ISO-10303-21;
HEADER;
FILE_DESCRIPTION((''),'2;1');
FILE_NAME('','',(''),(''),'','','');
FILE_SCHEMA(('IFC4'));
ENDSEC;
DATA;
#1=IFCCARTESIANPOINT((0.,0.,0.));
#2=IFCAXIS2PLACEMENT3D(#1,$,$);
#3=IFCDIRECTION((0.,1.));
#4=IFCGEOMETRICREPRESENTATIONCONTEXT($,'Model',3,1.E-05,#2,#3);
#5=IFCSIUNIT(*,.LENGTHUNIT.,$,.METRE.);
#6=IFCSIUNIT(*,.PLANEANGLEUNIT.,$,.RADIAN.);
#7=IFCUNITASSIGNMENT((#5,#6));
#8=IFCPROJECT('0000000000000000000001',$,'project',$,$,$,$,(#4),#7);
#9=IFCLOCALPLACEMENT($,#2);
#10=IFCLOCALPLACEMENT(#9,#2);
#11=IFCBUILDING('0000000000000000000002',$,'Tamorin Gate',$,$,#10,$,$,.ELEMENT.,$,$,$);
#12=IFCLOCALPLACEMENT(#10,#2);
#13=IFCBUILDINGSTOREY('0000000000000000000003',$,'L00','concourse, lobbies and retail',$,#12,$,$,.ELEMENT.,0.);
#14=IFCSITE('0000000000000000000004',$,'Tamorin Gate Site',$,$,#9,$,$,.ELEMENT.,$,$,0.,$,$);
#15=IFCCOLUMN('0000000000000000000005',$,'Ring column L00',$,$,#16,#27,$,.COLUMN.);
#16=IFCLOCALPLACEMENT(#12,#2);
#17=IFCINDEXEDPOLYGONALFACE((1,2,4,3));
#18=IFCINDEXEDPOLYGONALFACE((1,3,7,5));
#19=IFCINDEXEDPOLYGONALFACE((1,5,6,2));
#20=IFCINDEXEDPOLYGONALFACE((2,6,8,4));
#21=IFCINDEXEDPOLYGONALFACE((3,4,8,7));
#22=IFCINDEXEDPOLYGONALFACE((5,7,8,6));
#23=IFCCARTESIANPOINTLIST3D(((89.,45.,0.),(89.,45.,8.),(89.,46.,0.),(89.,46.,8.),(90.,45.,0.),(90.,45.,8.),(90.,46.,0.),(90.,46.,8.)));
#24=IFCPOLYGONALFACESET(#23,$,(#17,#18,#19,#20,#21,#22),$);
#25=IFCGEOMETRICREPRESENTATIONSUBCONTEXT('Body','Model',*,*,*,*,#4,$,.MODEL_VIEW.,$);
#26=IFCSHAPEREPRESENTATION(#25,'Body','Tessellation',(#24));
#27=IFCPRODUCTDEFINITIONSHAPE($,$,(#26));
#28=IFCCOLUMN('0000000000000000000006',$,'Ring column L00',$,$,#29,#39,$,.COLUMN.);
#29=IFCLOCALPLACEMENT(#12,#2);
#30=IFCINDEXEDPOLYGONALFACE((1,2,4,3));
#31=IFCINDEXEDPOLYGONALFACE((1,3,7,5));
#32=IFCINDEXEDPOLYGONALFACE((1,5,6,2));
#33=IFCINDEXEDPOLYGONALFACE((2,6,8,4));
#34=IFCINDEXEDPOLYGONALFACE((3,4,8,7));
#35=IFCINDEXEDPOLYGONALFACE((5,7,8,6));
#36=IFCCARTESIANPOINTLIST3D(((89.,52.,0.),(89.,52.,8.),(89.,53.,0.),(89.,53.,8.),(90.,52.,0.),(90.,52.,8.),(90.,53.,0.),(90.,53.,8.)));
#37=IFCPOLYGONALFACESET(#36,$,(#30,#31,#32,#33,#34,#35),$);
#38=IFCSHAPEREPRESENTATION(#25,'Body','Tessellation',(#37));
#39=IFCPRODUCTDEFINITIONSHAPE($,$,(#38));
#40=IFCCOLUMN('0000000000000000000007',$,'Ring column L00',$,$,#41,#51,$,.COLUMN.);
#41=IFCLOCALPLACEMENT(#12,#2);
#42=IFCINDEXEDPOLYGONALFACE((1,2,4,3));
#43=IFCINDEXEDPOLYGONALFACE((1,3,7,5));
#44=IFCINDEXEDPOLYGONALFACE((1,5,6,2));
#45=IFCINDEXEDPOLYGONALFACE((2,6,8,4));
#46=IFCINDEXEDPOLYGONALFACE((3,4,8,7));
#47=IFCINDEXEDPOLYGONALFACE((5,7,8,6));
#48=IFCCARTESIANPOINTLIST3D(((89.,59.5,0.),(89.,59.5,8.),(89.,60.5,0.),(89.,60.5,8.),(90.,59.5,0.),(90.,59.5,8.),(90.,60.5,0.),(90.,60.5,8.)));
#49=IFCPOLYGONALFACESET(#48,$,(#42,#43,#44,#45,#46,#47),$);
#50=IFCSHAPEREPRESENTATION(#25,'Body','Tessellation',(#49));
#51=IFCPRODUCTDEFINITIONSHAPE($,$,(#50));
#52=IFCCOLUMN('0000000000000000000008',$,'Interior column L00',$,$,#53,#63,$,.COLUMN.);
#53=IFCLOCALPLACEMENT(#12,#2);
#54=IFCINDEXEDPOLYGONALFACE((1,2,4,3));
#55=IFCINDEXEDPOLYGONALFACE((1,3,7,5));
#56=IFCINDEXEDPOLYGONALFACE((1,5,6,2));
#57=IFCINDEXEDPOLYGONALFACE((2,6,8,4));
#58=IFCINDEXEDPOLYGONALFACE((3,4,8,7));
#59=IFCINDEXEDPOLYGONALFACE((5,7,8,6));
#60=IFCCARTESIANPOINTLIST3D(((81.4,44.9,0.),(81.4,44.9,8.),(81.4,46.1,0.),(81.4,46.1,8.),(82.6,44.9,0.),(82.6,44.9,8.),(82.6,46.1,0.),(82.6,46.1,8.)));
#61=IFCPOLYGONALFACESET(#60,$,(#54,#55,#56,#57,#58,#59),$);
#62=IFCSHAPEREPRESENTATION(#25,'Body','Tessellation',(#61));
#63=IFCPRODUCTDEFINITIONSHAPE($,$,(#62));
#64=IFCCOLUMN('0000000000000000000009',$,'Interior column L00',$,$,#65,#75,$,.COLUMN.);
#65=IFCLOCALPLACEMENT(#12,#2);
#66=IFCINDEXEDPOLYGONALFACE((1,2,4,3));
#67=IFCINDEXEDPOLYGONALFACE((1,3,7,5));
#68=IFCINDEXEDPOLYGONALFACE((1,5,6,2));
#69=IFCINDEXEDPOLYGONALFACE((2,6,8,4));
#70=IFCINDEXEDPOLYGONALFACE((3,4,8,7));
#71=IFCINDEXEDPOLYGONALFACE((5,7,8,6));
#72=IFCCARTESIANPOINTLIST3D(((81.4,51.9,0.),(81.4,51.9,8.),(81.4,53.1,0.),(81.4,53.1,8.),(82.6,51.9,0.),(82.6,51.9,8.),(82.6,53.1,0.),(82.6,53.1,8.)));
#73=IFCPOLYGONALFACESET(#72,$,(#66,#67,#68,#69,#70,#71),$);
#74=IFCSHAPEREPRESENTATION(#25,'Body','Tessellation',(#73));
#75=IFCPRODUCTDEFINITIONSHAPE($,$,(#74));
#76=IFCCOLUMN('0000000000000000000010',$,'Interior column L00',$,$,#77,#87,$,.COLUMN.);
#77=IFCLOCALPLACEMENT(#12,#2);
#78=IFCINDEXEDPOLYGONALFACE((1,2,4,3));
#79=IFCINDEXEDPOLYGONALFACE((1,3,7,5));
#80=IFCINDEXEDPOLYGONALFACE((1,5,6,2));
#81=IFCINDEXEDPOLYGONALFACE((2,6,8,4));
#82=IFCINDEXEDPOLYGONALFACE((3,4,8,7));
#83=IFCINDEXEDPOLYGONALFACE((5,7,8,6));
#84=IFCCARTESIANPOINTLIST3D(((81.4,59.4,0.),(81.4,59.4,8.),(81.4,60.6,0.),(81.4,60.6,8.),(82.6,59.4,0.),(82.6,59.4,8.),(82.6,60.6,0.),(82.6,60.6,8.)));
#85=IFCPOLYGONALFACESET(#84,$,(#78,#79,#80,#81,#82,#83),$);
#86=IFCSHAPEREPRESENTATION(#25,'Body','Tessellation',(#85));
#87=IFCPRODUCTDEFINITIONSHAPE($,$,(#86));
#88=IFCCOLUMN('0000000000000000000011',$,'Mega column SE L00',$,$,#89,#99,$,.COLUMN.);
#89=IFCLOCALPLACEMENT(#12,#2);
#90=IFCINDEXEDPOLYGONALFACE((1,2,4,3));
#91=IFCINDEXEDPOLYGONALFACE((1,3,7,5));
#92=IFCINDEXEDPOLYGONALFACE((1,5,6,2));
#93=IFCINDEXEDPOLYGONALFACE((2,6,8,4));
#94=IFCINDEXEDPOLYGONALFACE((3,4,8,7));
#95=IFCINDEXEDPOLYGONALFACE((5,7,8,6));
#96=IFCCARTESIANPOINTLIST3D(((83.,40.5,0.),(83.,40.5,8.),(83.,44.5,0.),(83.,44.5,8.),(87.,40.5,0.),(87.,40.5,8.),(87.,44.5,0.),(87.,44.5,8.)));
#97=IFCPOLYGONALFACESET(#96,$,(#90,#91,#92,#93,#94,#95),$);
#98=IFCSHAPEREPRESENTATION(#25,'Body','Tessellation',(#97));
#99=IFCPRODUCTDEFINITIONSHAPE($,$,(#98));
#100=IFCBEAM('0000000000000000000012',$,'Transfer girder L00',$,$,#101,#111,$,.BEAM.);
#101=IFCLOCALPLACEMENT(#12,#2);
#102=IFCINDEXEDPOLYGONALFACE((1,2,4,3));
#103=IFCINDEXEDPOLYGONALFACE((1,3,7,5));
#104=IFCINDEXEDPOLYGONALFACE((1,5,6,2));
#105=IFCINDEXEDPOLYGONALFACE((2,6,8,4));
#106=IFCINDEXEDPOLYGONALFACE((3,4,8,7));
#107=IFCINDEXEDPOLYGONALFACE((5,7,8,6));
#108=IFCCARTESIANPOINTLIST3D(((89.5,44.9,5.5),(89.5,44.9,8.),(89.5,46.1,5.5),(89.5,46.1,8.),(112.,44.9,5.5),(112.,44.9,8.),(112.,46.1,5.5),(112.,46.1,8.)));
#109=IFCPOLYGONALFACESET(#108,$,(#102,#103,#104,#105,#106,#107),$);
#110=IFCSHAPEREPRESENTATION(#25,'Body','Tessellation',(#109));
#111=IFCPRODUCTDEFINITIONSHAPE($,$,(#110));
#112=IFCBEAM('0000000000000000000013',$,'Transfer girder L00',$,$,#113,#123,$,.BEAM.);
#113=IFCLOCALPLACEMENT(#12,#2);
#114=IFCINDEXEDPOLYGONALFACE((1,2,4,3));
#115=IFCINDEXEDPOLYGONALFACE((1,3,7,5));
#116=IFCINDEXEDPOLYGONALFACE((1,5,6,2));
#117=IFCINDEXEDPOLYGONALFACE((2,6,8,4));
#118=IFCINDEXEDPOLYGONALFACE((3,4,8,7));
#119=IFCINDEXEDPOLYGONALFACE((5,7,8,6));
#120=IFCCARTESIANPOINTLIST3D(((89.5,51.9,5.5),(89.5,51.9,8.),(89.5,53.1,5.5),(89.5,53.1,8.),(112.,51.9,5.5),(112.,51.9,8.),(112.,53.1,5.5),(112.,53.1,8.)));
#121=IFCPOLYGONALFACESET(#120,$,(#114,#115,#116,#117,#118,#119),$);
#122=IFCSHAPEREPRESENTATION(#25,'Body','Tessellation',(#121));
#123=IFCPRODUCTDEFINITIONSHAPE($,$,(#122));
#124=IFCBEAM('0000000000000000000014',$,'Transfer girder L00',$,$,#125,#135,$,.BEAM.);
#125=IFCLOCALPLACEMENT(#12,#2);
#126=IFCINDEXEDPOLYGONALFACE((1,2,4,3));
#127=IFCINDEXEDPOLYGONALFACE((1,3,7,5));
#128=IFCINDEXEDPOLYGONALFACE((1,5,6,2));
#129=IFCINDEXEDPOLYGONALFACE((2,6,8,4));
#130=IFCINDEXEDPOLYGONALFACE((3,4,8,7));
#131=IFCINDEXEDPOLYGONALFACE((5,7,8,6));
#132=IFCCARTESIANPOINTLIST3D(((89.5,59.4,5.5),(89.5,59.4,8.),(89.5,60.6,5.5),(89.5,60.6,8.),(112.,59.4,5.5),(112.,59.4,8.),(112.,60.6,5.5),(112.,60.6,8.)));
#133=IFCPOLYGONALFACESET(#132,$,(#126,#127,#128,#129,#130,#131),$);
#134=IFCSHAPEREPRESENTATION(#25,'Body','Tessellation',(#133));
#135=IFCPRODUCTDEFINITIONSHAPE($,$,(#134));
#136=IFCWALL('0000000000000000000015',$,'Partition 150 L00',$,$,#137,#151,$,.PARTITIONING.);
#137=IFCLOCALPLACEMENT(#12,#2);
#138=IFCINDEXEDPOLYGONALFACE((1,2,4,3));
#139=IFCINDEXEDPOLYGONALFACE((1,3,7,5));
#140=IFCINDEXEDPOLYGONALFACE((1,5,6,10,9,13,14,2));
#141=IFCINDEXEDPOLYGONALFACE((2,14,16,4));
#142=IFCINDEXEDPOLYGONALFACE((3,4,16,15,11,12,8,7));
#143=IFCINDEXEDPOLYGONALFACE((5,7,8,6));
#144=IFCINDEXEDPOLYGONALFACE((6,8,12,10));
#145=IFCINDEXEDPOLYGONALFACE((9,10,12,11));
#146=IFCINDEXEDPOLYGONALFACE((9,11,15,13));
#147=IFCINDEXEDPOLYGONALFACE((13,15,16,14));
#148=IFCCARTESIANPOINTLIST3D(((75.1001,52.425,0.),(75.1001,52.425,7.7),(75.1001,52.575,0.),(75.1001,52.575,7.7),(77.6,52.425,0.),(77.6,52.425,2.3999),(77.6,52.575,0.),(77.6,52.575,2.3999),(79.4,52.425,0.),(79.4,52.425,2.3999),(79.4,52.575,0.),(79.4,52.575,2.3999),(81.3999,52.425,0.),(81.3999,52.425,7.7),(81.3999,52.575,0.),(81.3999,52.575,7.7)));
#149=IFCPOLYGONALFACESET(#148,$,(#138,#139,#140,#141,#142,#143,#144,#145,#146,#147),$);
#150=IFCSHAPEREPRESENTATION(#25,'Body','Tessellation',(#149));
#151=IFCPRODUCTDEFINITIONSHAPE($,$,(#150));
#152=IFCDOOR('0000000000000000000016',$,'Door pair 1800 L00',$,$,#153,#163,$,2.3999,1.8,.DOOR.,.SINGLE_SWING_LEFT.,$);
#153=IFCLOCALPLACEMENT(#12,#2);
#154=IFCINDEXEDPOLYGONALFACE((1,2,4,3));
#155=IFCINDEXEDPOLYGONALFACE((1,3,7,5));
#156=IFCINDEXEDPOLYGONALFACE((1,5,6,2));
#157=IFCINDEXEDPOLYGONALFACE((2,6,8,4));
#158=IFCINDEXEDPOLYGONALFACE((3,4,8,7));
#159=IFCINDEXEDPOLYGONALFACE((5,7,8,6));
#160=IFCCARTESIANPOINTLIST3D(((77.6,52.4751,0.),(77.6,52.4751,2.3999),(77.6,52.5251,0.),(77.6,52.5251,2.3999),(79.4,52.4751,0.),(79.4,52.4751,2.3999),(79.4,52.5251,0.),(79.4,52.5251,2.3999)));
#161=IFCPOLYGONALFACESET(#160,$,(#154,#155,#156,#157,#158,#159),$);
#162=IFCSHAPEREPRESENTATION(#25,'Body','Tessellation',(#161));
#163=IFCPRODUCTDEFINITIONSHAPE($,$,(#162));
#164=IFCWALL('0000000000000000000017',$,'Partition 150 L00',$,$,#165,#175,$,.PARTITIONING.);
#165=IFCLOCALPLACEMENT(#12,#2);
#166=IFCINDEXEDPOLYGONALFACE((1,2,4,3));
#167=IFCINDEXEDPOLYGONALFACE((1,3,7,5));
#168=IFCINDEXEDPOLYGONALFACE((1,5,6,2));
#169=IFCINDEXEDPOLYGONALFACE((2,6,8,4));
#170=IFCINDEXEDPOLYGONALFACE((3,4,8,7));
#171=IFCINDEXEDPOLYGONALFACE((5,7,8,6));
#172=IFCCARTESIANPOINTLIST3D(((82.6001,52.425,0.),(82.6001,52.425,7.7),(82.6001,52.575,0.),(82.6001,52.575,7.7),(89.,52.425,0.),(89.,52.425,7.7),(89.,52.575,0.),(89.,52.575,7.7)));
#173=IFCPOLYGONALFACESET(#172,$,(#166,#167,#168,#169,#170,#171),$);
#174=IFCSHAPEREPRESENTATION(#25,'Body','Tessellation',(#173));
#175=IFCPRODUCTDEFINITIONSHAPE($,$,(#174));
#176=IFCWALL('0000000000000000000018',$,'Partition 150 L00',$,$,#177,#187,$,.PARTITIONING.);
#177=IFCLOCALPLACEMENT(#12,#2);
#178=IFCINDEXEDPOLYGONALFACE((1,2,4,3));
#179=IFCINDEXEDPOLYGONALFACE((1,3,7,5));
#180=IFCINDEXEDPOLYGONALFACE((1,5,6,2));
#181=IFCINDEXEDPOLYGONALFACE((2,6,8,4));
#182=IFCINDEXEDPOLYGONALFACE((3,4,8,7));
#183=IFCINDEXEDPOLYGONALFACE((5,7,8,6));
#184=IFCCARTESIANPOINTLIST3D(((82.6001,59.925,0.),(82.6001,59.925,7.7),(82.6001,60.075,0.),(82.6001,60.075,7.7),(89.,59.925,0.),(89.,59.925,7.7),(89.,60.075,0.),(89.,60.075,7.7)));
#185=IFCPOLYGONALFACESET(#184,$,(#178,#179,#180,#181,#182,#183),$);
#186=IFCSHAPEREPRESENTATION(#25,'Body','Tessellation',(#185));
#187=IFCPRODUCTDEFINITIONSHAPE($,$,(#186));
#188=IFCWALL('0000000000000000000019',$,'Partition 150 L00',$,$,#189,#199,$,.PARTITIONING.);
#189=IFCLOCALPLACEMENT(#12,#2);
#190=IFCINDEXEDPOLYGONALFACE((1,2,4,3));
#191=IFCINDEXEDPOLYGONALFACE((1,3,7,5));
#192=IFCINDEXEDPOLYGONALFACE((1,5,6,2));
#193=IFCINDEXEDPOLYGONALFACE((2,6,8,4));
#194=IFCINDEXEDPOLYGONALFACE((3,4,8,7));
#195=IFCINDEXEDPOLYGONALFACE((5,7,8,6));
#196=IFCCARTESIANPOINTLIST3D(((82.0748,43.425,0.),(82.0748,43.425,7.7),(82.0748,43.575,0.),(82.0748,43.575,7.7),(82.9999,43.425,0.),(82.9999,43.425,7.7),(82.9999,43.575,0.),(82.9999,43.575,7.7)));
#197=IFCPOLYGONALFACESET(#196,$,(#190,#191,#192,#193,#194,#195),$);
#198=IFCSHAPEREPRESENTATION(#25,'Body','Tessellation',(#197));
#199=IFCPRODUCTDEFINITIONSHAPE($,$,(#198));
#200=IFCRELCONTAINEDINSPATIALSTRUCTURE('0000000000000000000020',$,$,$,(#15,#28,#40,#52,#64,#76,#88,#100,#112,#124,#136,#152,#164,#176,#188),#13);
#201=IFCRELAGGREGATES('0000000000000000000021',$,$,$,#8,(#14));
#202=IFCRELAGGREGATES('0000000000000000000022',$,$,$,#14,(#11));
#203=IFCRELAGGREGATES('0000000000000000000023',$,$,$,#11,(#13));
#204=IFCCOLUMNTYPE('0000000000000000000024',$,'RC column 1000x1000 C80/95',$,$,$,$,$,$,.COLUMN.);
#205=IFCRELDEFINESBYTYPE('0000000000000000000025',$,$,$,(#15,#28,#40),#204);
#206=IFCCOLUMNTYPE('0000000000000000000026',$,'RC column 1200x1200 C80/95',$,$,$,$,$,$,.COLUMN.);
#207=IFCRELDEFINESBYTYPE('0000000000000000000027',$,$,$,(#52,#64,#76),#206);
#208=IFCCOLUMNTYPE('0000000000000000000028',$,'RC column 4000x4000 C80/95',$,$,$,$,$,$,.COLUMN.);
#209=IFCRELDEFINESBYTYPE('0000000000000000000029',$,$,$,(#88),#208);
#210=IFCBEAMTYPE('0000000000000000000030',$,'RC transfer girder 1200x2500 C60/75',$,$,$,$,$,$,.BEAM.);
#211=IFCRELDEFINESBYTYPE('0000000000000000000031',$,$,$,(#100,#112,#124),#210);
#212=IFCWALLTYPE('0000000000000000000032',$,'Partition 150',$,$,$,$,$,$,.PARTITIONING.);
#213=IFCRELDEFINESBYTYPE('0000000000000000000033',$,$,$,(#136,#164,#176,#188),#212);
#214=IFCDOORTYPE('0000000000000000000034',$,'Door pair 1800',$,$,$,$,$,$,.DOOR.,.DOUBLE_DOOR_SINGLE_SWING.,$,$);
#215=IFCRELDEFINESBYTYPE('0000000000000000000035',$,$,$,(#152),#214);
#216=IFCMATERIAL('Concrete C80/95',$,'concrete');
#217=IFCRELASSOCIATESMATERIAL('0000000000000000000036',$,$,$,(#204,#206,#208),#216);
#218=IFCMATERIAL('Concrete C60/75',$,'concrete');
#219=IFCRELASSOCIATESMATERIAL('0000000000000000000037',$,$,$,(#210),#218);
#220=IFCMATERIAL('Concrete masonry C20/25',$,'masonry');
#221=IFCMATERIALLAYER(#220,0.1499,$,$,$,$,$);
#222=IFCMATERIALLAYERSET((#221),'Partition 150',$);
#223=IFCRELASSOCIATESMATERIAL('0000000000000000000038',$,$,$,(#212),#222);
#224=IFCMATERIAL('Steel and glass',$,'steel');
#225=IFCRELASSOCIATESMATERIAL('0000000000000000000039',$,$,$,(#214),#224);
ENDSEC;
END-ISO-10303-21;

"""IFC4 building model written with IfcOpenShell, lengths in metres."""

from ifc_helpers import new_model, si_unit, direction, frame, frame_2d, origin, origin_2d, place, context, subcontext, project, spatial, rectangle, extrude, material, layer, layer_set, material_profile, profile_set, type_object, element, fill, save


model = new_model("IFC4")

# Units and contexts
model_context = context("Model", 3, precision=1e-05, world=origin(), true_north=direction((0.0, 1.0)))
body_context = subcontext(model_context, "Body", "Model", "MODEL_VIEW")
ifc_project = project(units=[si_unit("LENGTHUNIT", "METRE"), si_unit("PLANEANGLEUNIT", "RADIAN")], contexts=[model_context])

# Site, building, storey
site_placement = place(None, origin())
site = spatial("IfcSite", under=ifc_project, at=site_placement, Name="Tamorin Gate Site", CompositionType="ELEMENT", RefElevation=0.0)
building_placement = place(site_placement, origin())
building = spatial("IfcBuilding", under=site, at=building_placement, Name="Tamorin Gate", CompositionType="ELEMENT")
storey_placement = place(building_placement, origin())
storey = spatial("IfcBuildingStorey", under=building, at=storey_placement, Name="L00", Description="concourse, lobbies and retail", CompositionType="ELEMENT", Elevation=0.0)

# Columns
ifc_material_1 = material(Name="Concrete C80/95", Category="concrete")
ifc_material_profile_1 = material_profile(ifc_material_1, rectangle(XDim=1.0, YDim=1.0, at=origin_2d()), Name="RC 1000x1000")
ifc_profile_set_1 = profile_set([ifc_material_profile_1], Name="Concrete C80/95")
column_type_1 = type_object("IfcColumnType", Name="RC column 1000x1000 C80/95", PredefinedType="COLUMN", material=ifc_profile_set_1)
for number, where, z_axis, x_axis, name in (
    (1, (89.5, 45.5, 0.0), (0.0, 0.0, 1.0), (1.0, 0.0, 0.0), "Ring column L00"),
    (2, (89.5, 52.5, 0.0), (0.0, 0.0, 1.0), (1.0, 0.0, 0.0), "Ring column L00"),
    (3, (89.5, 60.0, 0.0), (0.0, 0.0, 1.0), (1.0, 0.0, 0.0), "Ring column L00"),
):
    element("IfcColumn", number, at=place(storey_placement, frame(where, z_axis=z_axis, x_axis=x_axis)), inside=storey, type_object=column_type_1, Name=name, PredefinedType="COLUMN", context=body_context, shape_type="SweptSolid", body=[
        extrude(rectangle(XDim=1.0, YDim=1.0, at=origin_2d()), origin(), (0.0, 0.0, 1.0), 8.0),
    ])
ifc_material_profile_2 = material_profile(ifc_material_1, rectangle(XDim=1.2, YDim=1.2, at=origin_2d()), Name="RC 1200x1200")
ifc_profile_set_2 = profile_set([ifc_material_profile_2], Name="Concrete C80/95")
column_type_2 = type_object("IfcColumnType", Name="RC column 1200x1200 C80/95", PredefinedType="COLUMN", material=ifc_profile_set_2)
for number, where, z_axis, x_axis, name in (
    (4, (82.0, 45.5, 0.0), (0.0, 0.0, 1.0), (1.0, 0.0, 0.0), "Interior column L00"),
    (5, (82.0, 52.5, 0.0), (0.0, 0.0, 1.0), (1.0, 0.0, 0.0), "Interior column L00"),
    (6, (82.0, 60.0, 0.0), (0.0, 0.0, 1.0), (1.0, 0.0, 0.0), "Interior column L00"),
):
    element("IfcColumn", number, at=place(storey_placement, frame(where, z_axis=z_axis, x_axis=x_axis)), inside=storey, type_object=column_type_2, Name=name, PredefinedType="COLUMN", context=body_context, shape_type="SweptSolid", body=[
        extrude(rectangle(XDim=1.2, YDim=1.2, at=origin_2d()), origin(), (0.0, 0.0, 1.0), 8.0),
    ])
ifc_material_profile_3 = material_profile(ifc_material_1, rectangle(XDim=4.0, YDim=4.0, at=origin_2d()), Name="RC 4000x4000")
ifc_profile_set_3 = profile_set([ifc_material_profile_3], Name="Concrete C80/95")
column_type_3 = type_object("IfcColumnType", Name="RC column 4000x4000 C80/95", PredefinedType="COLUMN", material=ifc_profile_set_3)
column_placement = place(storey_placement, frame((85.0, 42.5, 0.0), z_axis=(0.0, 0.0, 1.0), x_axis=(1.0, 0.0, 0.0)))
element("IfcColumn", 7, at=column_placement, inside=storey, type_object=column_type_3, Name="Mega column SE L00", PredefinedType="COLUMN", context=body_context, shape_type="SweptSolid", body=[
    extrude(rectangle(XDim=4.0, YDim=4.0, at=origin_2d()), origin(), (0.0, 0.0, 1.0), 8.0),
])

# Beams
ifc_material_2 = material(Name="Concrete C60/75", Category="concrete")
ifc_material_profile_4 = material_profile(ifc_material_2, rectangle(XDim=1.2, YDim=2.5, at=origin_2d()), Name="RC 1200x2500")
ifc_profile_set_4 = profile_set([ifc_material_profile_4], Name="Concrete C60/75")
beam_type = type_object("IfcBeamType", Name="RC transfer girder 1200x2500 C60/75", PredefinedType="BEAM", material=ifc_profile_set_4)
for number, where, z_axis, x_axis, name in (
    (8, (89.5, 45.5, 6.75), (1.0, 0.0, 0.0), (0.0, 1.0, 0.0), "Transfer girder L00"),
    (9, (89.5, 52.5, 6.75), (1.0, 0.0, 0.0), (0.0, 1.0, 0.0), "Transfer girder L00"),
    (10, (89.5, 60.0, 6.75), (1.0, 0.0, 0.0), (0.0, 1.0, 0.0), "Transfer girder L00"),
):
    element("IfcBeam", number, at=place(storey_placement, frame(where, z_axis=z_axis, x_axis=x_axis)), inside=storey, type_object=beam_type, Name=name, PredefinedType="BEAM", context=body_context, shape_type="SweptSolid", body=[
        extrude(rectangle(XDim=1.2, YDim=2.5, at=origin_2d()), origin(), (0.0, 0.0, 1.0), 22.5),
    ])

# Wall, opening, door
ifc_material_3 = material(Name="Concrete masonry C20/25", Category="masonry")
ifc_layer = layer(ifc_material_3, 0.1499)
ifc_layer_set = layer_set([ifc_layer], Name="Partition 150")
wall_type = type_object("IfcWallType", Name="Partition 150", PredefinedType="PARTITIONING", material=ifc_layer_set)
wall_1_placement = place(storey_placement, frame((81.3999, 52.5, 0.0), z_axis=(0.0, 0.0, 1.0), x_axis=(-1.0, 0.0, 0.0)))
wall_1 = element("IfcWall", 11, at=wall_1_placement, inside=storey, type_object=wall_type, Name="Partition 150 L00", PredefinedType="PARTITIONING", context=body_context, shape_type="SweptSolid", body=[
    extrude(rectangle(XDim=6.2998, YDim=0.1499, at=frame_2d((3.1499, 0.0))), origin(), (0.0, 0.0, 1.0), 7.7),
])
opening_1_placement = place(wall_1_placement, frame((2.0, 0.0, 0.0)))
opening_1 = element("IfcOpeningElement", 12, at=opening_1_placement, cuts=wall_1, PredefinedType="OPENING", context=body_context, shape_type="SweptSolid", body=[
    extrude(rectangle(XDim=1.8, YDim=2.3999, at=frame_2d((0.8999, 1.2))), frame((0.0, 0.085, 0.0), z_axis=(0.0, -1.0, 0.0), x_axis=(1.0, 0.0, 0.0)), (0.0, 0.0, 1.0), 0.1699),
])
ifc_material_4 = material(Name="Steel and glass", Category="steel")
door_type_1 = type_object("IfcDoorType", Name="Door pair 1800", OperationType="DOUBLE_DOOR_SINGLE_SWING", PredefinedType="DOOR", material=ifc_material_4)
door_1_placement = place(opening_1_placement, origin())
door_1 = element("IfcDoor", 13, at=door_1_placement, inside=storey, type_object=door_type_1, Name="Door pair 1800 L00", OperationType="SINGLE_SWING_LEFT", OverallHeight=2.3999, OverallWidth=1.8, PredefinedType="DOOR", context=body_context, shape_type="SweptSolid", body=[
    extrude(rectangle(XDim=1.8, YDim=2.3999, at=frame_2d((0.8999, 1.2))), frame((0.0, 0.0249, 0.0), z_axis=(0.0, -1.0, 0.0), x_axis=(1.0, 0.0, 0.0)), (0.0, 0.0, 1.0), 0.05),
])
fill(opening_1, door_1)

# Walls
for number, where, z_axis, x_axis, name in (
    (14, (82.6001, 52.5, 0.0), (0.0, 0.0, 1.0), (1.0, 0.0, 0.0), "Partition 150 L00"),
    (15, (82.6001, 60.0, 0.0), (0.0, 0.0, 1.0), (1.0, 0.0, 0.0), "Partition 150 L00"),
):
    element("IfcWall", number, at=place(storey_placement, frame(where, z_axis=z_axis, x_axis=x_axis)), inside=storey, type_object=wall_type, Name=name, PredefinedType="PARTITIONING", context=body_context, shape_type="SweptSolid", body=[
        extrude(rectangle(XDim=6.3999, YDim=0.1499, at=frame_2d((3.2, 0.0))), origin(), (0.0, 0.0, 1.0), 7.7),
    ])
wall_2_placement = place(storey_placement, frame((82.075, 43.5, 0.0), z_axis=(0.0, 0.0, 1.0), x_axis=(1.0, 0.0, 0.0)))
element("IfcWall", 16, at=wall_2_placement, inside=storey, type_object=wall_type, Name="Partition 150 L00", PredefinedType="PARTITIONING", context=body_context, shape_type="SweptSolid", body=[
    extrude(rectangle(XDim=0.925, YDim=0.1499, at=frame_2d((0.4624, 0.0))), origin(), (0.0, 0.0, 1.0), 7.7),
])

save(model, "model.ifc")
